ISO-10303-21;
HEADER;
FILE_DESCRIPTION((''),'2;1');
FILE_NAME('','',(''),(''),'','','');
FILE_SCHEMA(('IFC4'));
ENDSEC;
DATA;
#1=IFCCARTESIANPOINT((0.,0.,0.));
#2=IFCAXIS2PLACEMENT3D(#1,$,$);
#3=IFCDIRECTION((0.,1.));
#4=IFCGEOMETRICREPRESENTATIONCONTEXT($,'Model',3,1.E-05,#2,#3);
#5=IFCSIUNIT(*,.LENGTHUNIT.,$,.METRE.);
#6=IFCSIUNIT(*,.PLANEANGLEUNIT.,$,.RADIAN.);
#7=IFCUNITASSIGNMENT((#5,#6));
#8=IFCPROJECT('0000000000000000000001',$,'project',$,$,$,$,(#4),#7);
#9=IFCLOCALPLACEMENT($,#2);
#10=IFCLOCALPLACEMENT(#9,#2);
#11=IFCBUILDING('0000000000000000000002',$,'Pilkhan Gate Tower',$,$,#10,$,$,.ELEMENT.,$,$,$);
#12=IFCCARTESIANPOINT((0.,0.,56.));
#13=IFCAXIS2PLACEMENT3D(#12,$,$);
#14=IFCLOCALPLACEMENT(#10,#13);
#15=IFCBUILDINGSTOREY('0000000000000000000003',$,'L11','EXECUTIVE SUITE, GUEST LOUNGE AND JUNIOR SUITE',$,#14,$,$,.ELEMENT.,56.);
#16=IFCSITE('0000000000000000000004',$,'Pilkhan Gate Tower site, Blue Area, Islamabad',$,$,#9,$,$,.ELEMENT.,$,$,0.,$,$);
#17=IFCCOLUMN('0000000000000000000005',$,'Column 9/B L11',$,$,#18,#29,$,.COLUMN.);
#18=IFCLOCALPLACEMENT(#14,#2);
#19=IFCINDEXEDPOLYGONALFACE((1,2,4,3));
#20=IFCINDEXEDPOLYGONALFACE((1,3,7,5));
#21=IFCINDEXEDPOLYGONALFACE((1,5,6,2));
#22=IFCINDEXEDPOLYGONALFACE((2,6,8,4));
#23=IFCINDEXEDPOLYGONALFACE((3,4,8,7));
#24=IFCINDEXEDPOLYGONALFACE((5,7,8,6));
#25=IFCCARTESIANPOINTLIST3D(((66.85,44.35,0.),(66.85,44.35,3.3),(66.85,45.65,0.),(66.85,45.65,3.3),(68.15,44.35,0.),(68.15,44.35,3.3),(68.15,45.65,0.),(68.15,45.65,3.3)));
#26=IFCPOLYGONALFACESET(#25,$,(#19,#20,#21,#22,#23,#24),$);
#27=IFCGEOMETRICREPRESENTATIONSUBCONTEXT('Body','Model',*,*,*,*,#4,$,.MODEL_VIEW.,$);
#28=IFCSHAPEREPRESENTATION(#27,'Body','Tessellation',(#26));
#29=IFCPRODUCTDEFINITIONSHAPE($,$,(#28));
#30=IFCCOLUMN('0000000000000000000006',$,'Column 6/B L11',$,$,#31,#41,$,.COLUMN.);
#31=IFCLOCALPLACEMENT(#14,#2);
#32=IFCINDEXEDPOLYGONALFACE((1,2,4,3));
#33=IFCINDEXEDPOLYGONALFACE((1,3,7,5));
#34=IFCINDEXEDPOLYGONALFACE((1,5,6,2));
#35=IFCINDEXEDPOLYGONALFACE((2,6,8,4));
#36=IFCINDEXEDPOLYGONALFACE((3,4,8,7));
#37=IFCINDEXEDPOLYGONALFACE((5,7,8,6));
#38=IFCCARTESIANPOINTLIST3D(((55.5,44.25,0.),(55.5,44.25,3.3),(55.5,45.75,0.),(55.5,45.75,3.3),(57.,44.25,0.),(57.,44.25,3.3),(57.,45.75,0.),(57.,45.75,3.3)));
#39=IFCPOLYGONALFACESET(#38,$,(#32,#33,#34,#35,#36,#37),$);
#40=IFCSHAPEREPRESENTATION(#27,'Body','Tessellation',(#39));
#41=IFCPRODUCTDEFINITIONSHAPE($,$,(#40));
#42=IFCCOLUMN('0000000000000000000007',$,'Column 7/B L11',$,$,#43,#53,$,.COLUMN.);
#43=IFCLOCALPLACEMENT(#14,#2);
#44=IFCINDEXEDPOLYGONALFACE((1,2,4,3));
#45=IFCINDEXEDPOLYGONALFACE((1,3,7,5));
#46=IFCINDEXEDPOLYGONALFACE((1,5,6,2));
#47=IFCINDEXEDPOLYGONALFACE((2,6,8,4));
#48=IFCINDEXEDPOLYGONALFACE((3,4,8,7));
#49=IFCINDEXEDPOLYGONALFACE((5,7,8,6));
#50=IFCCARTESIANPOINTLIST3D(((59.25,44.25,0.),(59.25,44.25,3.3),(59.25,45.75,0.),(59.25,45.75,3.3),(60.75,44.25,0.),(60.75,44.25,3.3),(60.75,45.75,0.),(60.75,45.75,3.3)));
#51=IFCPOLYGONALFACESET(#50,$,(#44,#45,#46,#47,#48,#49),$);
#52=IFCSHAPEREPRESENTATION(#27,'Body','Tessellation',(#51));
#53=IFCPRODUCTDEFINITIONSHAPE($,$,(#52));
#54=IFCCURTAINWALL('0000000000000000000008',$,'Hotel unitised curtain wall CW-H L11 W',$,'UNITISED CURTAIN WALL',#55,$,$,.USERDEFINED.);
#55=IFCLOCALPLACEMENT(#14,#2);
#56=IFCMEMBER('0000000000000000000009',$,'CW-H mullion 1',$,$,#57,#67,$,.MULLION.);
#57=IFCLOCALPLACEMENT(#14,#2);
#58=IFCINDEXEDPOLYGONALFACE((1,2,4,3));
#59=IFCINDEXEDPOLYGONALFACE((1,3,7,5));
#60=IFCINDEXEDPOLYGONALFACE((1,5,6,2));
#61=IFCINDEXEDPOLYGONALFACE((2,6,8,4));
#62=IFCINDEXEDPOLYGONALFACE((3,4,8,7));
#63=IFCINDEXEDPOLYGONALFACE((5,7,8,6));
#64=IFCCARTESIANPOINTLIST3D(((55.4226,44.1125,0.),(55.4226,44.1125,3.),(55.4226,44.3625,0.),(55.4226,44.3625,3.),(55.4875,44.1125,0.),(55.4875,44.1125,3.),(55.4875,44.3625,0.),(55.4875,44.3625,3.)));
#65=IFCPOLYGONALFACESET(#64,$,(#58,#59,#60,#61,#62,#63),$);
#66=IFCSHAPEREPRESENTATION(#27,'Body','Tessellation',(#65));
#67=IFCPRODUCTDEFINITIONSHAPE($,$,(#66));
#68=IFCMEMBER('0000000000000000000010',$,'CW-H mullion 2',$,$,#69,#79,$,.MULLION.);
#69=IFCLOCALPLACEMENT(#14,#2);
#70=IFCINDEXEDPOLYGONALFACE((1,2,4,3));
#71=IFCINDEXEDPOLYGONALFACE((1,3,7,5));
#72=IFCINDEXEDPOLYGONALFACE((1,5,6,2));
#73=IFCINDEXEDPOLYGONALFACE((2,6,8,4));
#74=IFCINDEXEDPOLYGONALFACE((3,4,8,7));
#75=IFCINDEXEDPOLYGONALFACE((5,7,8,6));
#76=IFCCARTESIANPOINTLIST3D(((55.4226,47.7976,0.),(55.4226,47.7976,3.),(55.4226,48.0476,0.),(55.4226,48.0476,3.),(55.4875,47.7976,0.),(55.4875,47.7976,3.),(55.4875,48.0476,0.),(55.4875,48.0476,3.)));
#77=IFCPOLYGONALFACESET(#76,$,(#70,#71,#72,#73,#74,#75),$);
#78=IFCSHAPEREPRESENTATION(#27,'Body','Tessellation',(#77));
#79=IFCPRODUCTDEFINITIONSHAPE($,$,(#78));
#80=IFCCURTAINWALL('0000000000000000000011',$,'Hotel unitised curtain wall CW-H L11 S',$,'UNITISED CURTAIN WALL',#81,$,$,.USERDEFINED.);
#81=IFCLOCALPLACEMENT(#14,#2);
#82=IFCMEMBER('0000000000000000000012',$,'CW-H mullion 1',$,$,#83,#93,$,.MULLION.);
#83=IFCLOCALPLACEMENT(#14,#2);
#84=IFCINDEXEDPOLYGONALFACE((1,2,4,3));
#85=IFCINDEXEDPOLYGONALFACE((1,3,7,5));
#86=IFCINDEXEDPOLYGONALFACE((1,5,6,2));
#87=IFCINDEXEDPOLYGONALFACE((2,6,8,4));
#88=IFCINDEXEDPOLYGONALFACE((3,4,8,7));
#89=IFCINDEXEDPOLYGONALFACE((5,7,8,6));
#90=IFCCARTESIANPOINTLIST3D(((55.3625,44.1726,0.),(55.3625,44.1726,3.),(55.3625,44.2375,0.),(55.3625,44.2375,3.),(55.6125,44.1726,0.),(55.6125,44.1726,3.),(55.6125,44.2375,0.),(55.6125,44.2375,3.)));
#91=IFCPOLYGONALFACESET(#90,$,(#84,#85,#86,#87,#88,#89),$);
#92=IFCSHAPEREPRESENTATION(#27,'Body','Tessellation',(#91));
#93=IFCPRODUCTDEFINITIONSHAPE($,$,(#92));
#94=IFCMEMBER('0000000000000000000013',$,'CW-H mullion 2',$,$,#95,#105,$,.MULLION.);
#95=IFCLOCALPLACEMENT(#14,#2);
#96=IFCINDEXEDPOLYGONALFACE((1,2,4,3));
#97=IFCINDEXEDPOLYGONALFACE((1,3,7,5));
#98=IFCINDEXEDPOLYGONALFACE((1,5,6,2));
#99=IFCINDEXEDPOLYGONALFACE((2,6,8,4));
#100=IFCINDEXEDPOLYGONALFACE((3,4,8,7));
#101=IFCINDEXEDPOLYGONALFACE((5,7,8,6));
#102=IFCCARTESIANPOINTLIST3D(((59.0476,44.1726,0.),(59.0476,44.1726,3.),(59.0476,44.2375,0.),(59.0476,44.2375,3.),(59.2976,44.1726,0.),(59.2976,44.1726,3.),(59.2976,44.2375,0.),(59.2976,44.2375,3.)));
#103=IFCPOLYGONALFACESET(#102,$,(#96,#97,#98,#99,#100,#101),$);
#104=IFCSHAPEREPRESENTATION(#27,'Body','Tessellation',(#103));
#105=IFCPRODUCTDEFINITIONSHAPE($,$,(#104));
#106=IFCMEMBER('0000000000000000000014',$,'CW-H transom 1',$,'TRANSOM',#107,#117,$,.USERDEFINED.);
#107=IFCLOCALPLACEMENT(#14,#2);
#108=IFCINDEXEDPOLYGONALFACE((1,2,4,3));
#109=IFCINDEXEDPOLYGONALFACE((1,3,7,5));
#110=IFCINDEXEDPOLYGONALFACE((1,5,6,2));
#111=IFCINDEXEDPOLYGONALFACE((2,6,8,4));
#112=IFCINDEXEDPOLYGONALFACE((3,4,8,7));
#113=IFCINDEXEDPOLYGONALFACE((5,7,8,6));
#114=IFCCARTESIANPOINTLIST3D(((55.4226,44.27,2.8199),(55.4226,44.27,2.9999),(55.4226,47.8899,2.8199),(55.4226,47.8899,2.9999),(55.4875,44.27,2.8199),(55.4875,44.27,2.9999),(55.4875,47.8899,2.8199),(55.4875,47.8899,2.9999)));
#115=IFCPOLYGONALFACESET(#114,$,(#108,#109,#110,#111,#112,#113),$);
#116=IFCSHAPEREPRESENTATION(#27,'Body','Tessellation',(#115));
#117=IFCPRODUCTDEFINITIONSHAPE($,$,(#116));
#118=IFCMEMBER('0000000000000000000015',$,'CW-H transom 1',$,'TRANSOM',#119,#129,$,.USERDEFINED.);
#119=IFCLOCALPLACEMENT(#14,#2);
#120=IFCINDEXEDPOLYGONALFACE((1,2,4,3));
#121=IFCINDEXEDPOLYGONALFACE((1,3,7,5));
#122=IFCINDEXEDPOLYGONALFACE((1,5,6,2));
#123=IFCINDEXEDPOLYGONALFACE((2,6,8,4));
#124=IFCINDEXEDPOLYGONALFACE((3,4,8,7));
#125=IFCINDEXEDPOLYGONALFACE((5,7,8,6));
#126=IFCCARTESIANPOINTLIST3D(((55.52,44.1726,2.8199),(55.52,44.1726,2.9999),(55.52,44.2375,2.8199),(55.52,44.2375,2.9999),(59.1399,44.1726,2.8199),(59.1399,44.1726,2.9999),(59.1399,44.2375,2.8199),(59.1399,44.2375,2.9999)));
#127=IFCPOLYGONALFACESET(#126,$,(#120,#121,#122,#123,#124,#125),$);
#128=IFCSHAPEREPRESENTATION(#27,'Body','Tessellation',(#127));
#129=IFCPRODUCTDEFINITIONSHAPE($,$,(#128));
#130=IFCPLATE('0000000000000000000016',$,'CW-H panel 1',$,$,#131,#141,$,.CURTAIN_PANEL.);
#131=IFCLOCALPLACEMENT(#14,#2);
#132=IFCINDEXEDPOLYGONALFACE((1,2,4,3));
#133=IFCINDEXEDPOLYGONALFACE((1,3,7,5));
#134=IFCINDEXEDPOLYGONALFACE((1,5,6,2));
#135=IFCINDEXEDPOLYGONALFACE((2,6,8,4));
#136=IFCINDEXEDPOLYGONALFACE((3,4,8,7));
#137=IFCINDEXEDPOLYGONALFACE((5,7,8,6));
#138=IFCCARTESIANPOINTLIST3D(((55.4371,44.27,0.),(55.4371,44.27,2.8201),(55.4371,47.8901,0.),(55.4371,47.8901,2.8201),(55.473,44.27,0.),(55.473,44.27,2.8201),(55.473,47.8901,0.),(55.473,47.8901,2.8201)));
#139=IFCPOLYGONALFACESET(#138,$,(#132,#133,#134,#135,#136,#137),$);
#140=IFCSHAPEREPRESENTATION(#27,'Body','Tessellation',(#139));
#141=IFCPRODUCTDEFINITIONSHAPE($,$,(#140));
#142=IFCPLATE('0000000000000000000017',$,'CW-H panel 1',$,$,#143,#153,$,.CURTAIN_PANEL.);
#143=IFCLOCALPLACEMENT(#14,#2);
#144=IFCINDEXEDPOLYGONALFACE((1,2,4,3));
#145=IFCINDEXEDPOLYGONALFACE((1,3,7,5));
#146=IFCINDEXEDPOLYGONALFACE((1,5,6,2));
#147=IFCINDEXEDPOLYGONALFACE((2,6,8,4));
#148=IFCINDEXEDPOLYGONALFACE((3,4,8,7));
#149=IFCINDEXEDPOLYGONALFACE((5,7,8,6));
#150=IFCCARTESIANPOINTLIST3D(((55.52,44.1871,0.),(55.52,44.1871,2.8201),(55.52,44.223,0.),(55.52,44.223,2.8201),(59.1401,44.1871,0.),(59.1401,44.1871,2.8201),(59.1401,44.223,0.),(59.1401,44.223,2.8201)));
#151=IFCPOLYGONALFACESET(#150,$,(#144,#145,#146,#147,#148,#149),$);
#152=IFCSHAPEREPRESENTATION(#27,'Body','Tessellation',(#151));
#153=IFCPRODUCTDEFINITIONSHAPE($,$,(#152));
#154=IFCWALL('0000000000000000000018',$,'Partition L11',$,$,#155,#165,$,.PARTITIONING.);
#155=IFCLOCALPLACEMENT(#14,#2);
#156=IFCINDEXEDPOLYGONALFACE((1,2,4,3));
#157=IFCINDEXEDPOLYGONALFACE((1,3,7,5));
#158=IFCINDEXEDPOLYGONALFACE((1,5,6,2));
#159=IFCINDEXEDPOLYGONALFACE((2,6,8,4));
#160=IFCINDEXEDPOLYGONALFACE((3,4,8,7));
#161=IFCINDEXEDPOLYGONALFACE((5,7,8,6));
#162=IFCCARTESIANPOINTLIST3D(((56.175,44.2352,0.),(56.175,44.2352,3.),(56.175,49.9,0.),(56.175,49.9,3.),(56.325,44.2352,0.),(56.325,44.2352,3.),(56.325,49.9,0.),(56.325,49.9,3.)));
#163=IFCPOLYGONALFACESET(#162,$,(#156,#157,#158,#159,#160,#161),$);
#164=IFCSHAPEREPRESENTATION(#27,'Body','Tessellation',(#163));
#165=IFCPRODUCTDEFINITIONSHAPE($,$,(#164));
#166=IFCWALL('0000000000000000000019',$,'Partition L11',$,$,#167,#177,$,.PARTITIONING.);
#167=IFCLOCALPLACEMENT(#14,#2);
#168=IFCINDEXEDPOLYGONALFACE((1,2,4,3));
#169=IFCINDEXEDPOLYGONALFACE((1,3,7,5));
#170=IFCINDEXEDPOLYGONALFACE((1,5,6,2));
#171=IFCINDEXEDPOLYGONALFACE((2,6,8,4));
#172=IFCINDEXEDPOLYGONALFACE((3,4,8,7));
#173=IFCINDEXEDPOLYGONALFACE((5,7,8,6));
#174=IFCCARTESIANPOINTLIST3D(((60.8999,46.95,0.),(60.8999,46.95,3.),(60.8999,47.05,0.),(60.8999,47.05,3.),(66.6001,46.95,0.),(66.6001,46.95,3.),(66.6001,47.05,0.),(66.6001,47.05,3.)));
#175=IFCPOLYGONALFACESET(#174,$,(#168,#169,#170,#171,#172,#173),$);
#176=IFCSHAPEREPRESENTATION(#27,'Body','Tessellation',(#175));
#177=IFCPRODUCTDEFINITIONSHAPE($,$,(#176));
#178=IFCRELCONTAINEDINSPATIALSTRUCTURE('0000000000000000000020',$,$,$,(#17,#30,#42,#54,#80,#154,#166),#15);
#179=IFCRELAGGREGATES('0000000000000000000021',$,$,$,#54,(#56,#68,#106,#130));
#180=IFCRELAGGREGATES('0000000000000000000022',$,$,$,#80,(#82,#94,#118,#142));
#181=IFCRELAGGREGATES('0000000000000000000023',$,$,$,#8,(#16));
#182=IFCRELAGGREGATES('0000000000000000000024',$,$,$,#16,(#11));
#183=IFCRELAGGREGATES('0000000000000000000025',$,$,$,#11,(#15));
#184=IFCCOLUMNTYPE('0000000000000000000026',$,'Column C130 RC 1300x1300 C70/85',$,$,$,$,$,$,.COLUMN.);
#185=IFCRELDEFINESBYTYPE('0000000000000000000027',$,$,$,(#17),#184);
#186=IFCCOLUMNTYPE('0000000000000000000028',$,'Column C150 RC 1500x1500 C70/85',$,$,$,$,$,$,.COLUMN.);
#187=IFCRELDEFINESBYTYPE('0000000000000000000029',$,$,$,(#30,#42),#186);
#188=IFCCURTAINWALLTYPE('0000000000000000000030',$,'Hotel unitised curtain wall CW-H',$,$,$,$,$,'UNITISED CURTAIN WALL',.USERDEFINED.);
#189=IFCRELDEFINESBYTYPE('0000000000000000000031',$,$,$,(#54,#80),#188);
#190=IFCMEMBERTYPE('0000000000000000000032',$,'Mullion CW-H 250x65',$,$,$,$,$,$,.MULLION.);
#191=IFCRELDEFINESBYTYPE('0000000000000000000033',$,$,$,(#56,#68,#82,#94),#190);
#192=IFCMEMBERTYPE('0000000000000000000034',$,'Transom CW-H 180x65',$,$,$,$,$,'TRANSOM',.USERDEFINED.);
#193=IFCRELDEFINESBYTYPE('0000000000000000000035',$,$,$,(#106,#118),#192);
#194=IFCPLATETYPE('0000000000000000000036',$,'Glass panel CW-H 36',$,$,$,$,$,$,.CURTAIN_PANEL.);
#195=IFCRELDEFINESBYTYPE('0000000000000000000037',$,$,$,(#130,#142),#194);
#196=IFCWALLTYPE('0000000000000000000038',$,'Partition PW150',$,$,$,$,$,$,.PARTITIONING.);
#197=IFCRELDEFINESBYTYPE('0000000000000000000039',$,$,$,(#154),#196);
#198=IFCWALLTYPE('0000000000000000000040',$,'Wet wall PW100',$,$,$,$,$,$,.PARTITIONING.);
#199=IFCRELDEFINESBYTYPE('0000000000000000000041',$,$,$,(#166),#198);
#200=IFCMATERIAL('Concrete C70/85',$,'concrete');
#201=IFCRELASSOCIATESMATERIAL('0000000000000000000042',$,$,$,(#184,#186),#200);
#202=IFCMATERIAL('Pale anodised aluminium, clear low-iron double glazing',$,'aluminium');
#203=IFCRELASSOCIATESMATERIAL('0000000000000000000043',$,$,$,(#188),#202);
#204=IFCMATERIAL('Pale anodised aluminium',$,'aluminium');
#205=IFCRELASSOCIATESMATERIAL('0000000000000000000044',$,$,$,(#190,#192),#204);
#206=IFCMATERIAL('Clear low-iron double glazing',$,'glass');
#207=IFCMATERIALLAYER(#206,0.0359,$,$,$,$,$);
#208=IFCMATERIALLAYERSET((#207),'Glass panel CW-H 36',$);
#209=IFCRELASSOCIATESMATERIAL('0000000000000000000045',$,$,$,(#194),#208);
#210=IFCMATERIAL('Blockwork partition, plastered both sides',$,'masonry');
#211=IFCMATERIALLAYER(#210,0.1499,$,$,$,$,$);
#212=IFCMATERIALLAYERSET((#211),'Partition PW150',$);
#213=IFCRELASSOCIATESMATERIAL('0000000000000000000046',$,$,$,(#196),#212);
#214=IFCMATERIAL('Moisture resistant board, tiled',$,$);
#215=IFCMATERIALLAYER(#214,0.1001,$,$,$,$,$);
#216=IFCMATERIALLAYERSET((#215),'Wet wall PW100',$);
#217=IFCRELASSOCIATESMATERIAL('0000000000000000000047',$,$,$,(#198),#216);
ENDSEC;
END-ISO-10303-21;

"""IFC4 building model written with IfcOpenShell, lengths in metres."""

from ifc_helpers import new_model, si_unit, direction, frame, frame_2d, origin, origin_2d, place, context, subcontext, project, spatial, rectangle, extrude, material, layer, layer_set, material_profile, profile_set, type_object, element, aggregate, save


model = new_model("IFC4")

# Units and contexts
model_context = context("Model", 3, precision=1e-05, world=origin(), true_north=direction((0.0, 1.0)))
body_context = subcontext(model_context, "Body", "Model", "MODEL_VIEW")
ifc_project = project(units=[si_unit("LENGTHUNIT", "METRE"), si_unit("PLANEANGLEUNIT", "RADIAN")], contexts=[model_context])

# Site, building, storey
site_placement = place(None, origin())
site = spatial("IfcSite", under=ifc_project, at=site_placement, Name="Pilkhan Gate Tower site, Blue Area, Islamabad", CompositionType="ELEMENT", RefElevation=0.0)
building_placement = place(site_placement, origin())
building = spatial("IfcBuilding", under=site, at=building_placement, Name="Pilkhan Gate Tower", CompositionType="ELEMENT")
storey_placement = place(building_placement, frame((0.0, 0.0, 56.0)))
storey = spatial("IfcBuildingStorey", under=building, at=storey_placement, Name="L11", Description="EXECUTIVE SUITE, GUEST LOUNGE AND JUNIOR SUITE", CompositionType="ELEMENT", Elevation=56.0)

# Columns
ifc_material_1 = material(Name="Concrete C70/85", Category="concrete")
ifc_material_profile_1 = material_profile(ifc_material_1, rectangle(XDim=1.3, YDim=1.3, at=origin_2d()), Name="RC 1300x1300")
ifc_profile_set_1 = profile_set([ifc_material_profile_1], Name="Concrete C70/85")
column_type_1 = type_object("IfcColumnType", Name="Column C130 RC 1300x1300 C70/85", PredefinedType="COLUMN", material=ifc_profile_set_1)
column_placement = place(storey_placement, frame((67.5, 45.0, 0.0), z_axis=(0.0, 0.0, 1.0), x_axis=(1.0, 0.0, 0.0)))
element("IfcColumn", 1, at=column_placement, inside=storey, type_object=column_type_1, Name="Column 9/B L11", PredefinedType="COLUMN", context=body_context, shape_type="SweptSolid", body=[
    extrude(rectangle(XDim=1.3, YDim=1.3, at=origin_2d()), origin(), (0.0, 0.0, 1.0), 3.3),
])
ifc_material_profile_2 = material_profile(ifc_material_1, rectangle(XDim=1.5, YDim=1.5, at=origin_2d()), Name="RC 1500x1500")
ifc_profile_set_2 = profile_set([ifc_material_profile_2], Name="Concrete C70/85")
column_type_2 = type_object("IfcColumnType", Name="Column C150 RC 1500x1500 C70/85", PredefinedType="COLUMN", material=ifc_profile_set_2)
for number, where, z_axis, x_axis, name in (
    (2, (56.25, 45.0, 0.0), (0.0, 0.0, 1.0), (1.0, 0.0, 0.0), "Column 6/B L11"),
    (3, (60.0, 45.0, 0.0), (0.0, 0.0, 1.0), (1.0, 0.0, 0.0), "Column 7/B L11"),
):
    element("IfcColumn", number, at=place(storey_placement, frame(where, z_axis=z_axis, x_axis=x_axis)), inside=storey, type_object=column_type_2, Name=name, PredefinedType="COLUMN", context=body_context, shape_type="SweptSolid", body=[
        extrude(rectangle(XDim=1.5, YDim=1.5, at=origin_2d()), origin(), (0.0, 0.0, 1.0), 3.3),
    ])

# Curtain walls, members
ifc_material_2 = material(Name="Pale anodised aluminium, clear low-iron double glazing", Category="aluminium")
curtain_wall_type = type_object("IfcCurtainWallType", Name="Hotel unitised curtain wall CW-H", ElementType="UNITISED CURTAIN WALL", PredefinedType="USERDEFINED", material=ifc_material_2)
curtain_wall_1_placement = place(storey_placement, origin())
curtain_wall_1 = element("IfcCurtainWall", 4, at=curtain_wall_1_placement, inside=storey, type_object=curtain_wall_type, Name="Hotel unitised curtain wall CW-H L11 W", ObjectType="UNITISED CURTAIN WALL", PredefinedType="USERDEFINED")
ifc_material_3 = material(Name="Pale anodised aluminium", Category="aluminium")
ifc_material_profile_3 = material_profile(ifc_material_3, rectangle(XDim=0.0649, YDim=0.25, at=origin_2d()), Name="Mullion 250x65")
ifc_profile_set_3 = profile_set([ifc_material_profile_3], Name="Pale anodised aluminium")
member_type_1 = type_object("IfcMemberType", Name="Mullion CW-H 250x65", PredefinedType="MULLION", material=ifc_profile_set_3)
member_1_placement = place(storey_placement, frame((55.4551, 44.2375, 0.0), z_axis=(0.0, 0.0, 1.0), x_axis=(-1.0, 0.0, 0.0)))
member_1 = element("IfcMember", 5, at=member_1_placement, type_object=member_type_1, Name="CW-H mullion 1", PredefinedType="MULLION", context=body_context, shape_type="SweptSolid", body=[
    extrude(rectangle(XDim=0.0649, YDim=0.25, at=origin_2d()), origin(), (0.0, 0.0, 1.0), 3.0),
])
member_2_placement = place(storey_placement, frame((55.4551, 47.9226, 0.0), z_axis=(0.0, 0.0, 1.0), x_axis=(-1.0, 0.0, 0.0)))
member_2 = element("IfcMember", 6, at=member_2_placement, type_object=member_type_1, Name="CW-H mullion 2", PredefinedType="MULLION", context=body_context, shape_type="SweptSolid", body=[
    extrude(rectangle(XDim=0.0649, YDim=0.25, at=origin_2d()), origin(), (0.0, 0.0, 1.0), 3.0),
])
curtain_wall_2_placement = place(storey_placement, origin())
curtain_wall_2 = element("IfcCurtainWall", 7, at=curtain_wall_2_placement, inside=storey, type_object=curtain_wall_type, Name="Hotel unitised curtain wall CW-H L11 S", ObjectType="UNITISED CURTAIN WALL", PredefinedType="USERDEFINED")
member_3_placement = place(storey_placement, frame((55.4875, 44.2051, 0.0), z_axis=(0.0, 0.0, 1.0), x_axis=(0.0, 1.0, 0.0)))
member_3 = element("IfcMember", 8, at=member_3_placement, type_object=member_type_1, Name="CW-H mullion 1", PredefinedType="MULLION", context=body_context, shape_type="SweptSolid", body=[
    extrude(rectangle(XDim=0.0649, YDim=0.25, at=origin_2d()), origin(), (0.0, 0.0, 1.0), 3.0),
])
member_4_placement = place(storey_placement, frame((59.1726, 44.2051, 0.0), z_axis=(0.0, 0.0, 1.0), x_axis=(0.0, 1.0, 0.0)))
member_4 = element("IfcMember", 9, at=member_4_placement, type_object=member_type_1, Name="CW-H mullion 2", PredefinedType="MULLION", context=body_context, shape_type="SweptSolid", body=[
    extrude(rectangle(XDim=0.0649, YDim=0.25, at=origin_2d()), origin(), (0.0, 0.0, 1.0), 3.0),
])

# Members
ifc_material_profile_4 = material_profile(ifc_material_3, rectangle(XDim=0.0649, YDim=0.1799, at=origin_2d()), Name="Transom 180x65")
ifc_profile_set_4 = profile_set([ifc_material_profile_4], Name="Pale anodised aluminium")
member_type_2 = type_object("IfcMemberType", Name="Transom CW-H 180x65", ElementType="TRANSOM", PredefinedType="USERDEFINED", material=ifc_profile_set_4)
member_5_placement = place(storey_placement, frame((55.4551, 44.27, 2.9099), z_axis=(0.0, 1.0, 0.0), x_axis=(-1.0, 0.0, 0.0)))
member_5 = element("IfcMember", 10, at=member_5_placement, type_object=member_type_2, Name="CW-H transom 1", ObjectType="TRANSOM", PredefinedType="USERDEFINED", context=body_context, shape_type="SweptSolid", body=[
    extrude(rectangle(XDim=0.0649, YDim=0.1799, at=origin_2d()), origin(), (0.0, 0.0, 1.0), 3.6199),
])
member_6_placement = place(storey_placement, frame((55.52, 44.2051, 2.9099), z_axis=(1.0, 0.0, 0.0), x_axis=(0.0, 1.0, 0.0)))
member_6 = element("IfcMember", 11, at=member_6_placement, type_object=member_type_2, Name="CW-H transom 1", ObjectType="TRANSOM", PredefinedType="USERDEFINED", context=body_context, shape_type="SweptSolid", body=[
    extrude(rectangle(XDim=0.0649, YDim=0.1799, at=origin_2d()), origin(), (0.0, 0.0, 1.0), 3.6199),
])

# Plates
ifc_material_4 = material(Name="Clear low-iron double glazing", Category="glass")
ifc_layer_1 = layer(ifc_material_4, 0.0359)
ifc_layer_set_1 = layer_set([ifc_layer_1], Name="Glass panel CW-H 36")
plate_type = type_object("IfcPlateType", Name="Glass panel CW-H 36", PredefinedType="CURTAIN_PANEL", material=ifc_layer_set_1)
plate_1_placement = place(storey_placement, frame((55.4551, 46.0801, 0.0), z_axis=(0.0, 0.0, 1.0), x_axis=(0.0, 1.0, 0.0)))
plate_1 = element("IfcPlate", 12, at=plate_1_placement, type_object=plate_type, Name="CW-H panel 1", PredefinedType="CURTAIN_PANEL", context=body_context, shape_type="SweptSolid", body=[
    extrude(rectangle(XDim=3.6201, YDim=0.0359, at=origin_2d()), origin(), (0.0, 0.0, 1.0), 2.8201),
])
aggregate(curtain_wall_1, [member_1, member_2, member_5, plate_1])
plate_2_placement = place(storey_placement, frame((57.3301, 44.2051, 0.0), z_axis=(0.0, 0.0, 1.0), x_axis=(1.0, 0.0, 0.0)))
plate_2 = element("IfcPlate", 13, at=plate_2_placement, type_object=plate_type, Name="CW-H panel 1", PredefinedType="CURTAIN_PANEL", context=body_context, shape_type="SweptSolid", body=[
    extrude(rectangle(XDim=3.6201, YDim=0.0359, at=origin_2d()), origin(), (0.0, 0.0, 1.0), 2.8201),
])
aggregate(curtain_wall_2, [member_3, member_4, member_6, plate_2])

# Walls
ifc_material_5 = material(Name="Blockwork partition, plastered both sides", Category="masonry")
ifc_layer_2 = layer(ifc_material_5, 0.1499)
ifc_layer_set_2 = layer_set([ifc_layer_2], Name="Partition PW150")
wall_type_1 = type_object("IfcWallType", Name="Partition PW150", PredefinedType="PARTITIONING", material=ifc_layer_set_2)
wall_1_placement = place(storey_placement, frame((56.25, 44.2351, 0.0), z_axis=(0.0, 0.0, 1.0), x_axis=(0.0, 1.0, 0.0)))
element("IfcWall", 14, at=wall_1_placement, inside=storey, type_object=wall_type_1, Name="Partition L11", PredefinedType="PARTITIONING", context=body_context, shape_type="SweptSolid", body=[
    extrude(rectangle(XDim=5.6648, YDim=0.1499, at=frame_2d((2.8325, 0.0))), origin(), (0.0, 0.0, 1.0), 3.0),
])
ifc_material_6 = material(Name="Moisture resistant board, tiled")
ifc_layer_3 = layer(ifc_material_6, 0.1001)
ifc_layer_set_3 = layer_set([ifc_layer_3], Name="Wet wall PW100")
wall_type_2 = type_object("IfcWallType", Name="Wet wall PW100", PredefinedType="PARTITIONING", material=ifc_layer_set_3)
wall_2_placement = place(storey_placement, frame((60.8999, 47.0, 0.0), z_axis=(0.0, 0.0, 1.0), x_axis=(1.0, 0.0, 0.0)))
element("IfcWall", 15, at=wall_2_placement, inside=storey, type_object=wall_type_2, Name="Partition L11", PredefinedType="PARTITIONING", context=body_context, shape_type="SweptSolid", body=[
    extrude(rectangle(XDim=5.7002, YDim=0.1001, at=frame_2d((2.8501, 0.0))), origin(), (0.0, 0.0, 1.0), 3.0),
])

save(model, "model.ifc")
